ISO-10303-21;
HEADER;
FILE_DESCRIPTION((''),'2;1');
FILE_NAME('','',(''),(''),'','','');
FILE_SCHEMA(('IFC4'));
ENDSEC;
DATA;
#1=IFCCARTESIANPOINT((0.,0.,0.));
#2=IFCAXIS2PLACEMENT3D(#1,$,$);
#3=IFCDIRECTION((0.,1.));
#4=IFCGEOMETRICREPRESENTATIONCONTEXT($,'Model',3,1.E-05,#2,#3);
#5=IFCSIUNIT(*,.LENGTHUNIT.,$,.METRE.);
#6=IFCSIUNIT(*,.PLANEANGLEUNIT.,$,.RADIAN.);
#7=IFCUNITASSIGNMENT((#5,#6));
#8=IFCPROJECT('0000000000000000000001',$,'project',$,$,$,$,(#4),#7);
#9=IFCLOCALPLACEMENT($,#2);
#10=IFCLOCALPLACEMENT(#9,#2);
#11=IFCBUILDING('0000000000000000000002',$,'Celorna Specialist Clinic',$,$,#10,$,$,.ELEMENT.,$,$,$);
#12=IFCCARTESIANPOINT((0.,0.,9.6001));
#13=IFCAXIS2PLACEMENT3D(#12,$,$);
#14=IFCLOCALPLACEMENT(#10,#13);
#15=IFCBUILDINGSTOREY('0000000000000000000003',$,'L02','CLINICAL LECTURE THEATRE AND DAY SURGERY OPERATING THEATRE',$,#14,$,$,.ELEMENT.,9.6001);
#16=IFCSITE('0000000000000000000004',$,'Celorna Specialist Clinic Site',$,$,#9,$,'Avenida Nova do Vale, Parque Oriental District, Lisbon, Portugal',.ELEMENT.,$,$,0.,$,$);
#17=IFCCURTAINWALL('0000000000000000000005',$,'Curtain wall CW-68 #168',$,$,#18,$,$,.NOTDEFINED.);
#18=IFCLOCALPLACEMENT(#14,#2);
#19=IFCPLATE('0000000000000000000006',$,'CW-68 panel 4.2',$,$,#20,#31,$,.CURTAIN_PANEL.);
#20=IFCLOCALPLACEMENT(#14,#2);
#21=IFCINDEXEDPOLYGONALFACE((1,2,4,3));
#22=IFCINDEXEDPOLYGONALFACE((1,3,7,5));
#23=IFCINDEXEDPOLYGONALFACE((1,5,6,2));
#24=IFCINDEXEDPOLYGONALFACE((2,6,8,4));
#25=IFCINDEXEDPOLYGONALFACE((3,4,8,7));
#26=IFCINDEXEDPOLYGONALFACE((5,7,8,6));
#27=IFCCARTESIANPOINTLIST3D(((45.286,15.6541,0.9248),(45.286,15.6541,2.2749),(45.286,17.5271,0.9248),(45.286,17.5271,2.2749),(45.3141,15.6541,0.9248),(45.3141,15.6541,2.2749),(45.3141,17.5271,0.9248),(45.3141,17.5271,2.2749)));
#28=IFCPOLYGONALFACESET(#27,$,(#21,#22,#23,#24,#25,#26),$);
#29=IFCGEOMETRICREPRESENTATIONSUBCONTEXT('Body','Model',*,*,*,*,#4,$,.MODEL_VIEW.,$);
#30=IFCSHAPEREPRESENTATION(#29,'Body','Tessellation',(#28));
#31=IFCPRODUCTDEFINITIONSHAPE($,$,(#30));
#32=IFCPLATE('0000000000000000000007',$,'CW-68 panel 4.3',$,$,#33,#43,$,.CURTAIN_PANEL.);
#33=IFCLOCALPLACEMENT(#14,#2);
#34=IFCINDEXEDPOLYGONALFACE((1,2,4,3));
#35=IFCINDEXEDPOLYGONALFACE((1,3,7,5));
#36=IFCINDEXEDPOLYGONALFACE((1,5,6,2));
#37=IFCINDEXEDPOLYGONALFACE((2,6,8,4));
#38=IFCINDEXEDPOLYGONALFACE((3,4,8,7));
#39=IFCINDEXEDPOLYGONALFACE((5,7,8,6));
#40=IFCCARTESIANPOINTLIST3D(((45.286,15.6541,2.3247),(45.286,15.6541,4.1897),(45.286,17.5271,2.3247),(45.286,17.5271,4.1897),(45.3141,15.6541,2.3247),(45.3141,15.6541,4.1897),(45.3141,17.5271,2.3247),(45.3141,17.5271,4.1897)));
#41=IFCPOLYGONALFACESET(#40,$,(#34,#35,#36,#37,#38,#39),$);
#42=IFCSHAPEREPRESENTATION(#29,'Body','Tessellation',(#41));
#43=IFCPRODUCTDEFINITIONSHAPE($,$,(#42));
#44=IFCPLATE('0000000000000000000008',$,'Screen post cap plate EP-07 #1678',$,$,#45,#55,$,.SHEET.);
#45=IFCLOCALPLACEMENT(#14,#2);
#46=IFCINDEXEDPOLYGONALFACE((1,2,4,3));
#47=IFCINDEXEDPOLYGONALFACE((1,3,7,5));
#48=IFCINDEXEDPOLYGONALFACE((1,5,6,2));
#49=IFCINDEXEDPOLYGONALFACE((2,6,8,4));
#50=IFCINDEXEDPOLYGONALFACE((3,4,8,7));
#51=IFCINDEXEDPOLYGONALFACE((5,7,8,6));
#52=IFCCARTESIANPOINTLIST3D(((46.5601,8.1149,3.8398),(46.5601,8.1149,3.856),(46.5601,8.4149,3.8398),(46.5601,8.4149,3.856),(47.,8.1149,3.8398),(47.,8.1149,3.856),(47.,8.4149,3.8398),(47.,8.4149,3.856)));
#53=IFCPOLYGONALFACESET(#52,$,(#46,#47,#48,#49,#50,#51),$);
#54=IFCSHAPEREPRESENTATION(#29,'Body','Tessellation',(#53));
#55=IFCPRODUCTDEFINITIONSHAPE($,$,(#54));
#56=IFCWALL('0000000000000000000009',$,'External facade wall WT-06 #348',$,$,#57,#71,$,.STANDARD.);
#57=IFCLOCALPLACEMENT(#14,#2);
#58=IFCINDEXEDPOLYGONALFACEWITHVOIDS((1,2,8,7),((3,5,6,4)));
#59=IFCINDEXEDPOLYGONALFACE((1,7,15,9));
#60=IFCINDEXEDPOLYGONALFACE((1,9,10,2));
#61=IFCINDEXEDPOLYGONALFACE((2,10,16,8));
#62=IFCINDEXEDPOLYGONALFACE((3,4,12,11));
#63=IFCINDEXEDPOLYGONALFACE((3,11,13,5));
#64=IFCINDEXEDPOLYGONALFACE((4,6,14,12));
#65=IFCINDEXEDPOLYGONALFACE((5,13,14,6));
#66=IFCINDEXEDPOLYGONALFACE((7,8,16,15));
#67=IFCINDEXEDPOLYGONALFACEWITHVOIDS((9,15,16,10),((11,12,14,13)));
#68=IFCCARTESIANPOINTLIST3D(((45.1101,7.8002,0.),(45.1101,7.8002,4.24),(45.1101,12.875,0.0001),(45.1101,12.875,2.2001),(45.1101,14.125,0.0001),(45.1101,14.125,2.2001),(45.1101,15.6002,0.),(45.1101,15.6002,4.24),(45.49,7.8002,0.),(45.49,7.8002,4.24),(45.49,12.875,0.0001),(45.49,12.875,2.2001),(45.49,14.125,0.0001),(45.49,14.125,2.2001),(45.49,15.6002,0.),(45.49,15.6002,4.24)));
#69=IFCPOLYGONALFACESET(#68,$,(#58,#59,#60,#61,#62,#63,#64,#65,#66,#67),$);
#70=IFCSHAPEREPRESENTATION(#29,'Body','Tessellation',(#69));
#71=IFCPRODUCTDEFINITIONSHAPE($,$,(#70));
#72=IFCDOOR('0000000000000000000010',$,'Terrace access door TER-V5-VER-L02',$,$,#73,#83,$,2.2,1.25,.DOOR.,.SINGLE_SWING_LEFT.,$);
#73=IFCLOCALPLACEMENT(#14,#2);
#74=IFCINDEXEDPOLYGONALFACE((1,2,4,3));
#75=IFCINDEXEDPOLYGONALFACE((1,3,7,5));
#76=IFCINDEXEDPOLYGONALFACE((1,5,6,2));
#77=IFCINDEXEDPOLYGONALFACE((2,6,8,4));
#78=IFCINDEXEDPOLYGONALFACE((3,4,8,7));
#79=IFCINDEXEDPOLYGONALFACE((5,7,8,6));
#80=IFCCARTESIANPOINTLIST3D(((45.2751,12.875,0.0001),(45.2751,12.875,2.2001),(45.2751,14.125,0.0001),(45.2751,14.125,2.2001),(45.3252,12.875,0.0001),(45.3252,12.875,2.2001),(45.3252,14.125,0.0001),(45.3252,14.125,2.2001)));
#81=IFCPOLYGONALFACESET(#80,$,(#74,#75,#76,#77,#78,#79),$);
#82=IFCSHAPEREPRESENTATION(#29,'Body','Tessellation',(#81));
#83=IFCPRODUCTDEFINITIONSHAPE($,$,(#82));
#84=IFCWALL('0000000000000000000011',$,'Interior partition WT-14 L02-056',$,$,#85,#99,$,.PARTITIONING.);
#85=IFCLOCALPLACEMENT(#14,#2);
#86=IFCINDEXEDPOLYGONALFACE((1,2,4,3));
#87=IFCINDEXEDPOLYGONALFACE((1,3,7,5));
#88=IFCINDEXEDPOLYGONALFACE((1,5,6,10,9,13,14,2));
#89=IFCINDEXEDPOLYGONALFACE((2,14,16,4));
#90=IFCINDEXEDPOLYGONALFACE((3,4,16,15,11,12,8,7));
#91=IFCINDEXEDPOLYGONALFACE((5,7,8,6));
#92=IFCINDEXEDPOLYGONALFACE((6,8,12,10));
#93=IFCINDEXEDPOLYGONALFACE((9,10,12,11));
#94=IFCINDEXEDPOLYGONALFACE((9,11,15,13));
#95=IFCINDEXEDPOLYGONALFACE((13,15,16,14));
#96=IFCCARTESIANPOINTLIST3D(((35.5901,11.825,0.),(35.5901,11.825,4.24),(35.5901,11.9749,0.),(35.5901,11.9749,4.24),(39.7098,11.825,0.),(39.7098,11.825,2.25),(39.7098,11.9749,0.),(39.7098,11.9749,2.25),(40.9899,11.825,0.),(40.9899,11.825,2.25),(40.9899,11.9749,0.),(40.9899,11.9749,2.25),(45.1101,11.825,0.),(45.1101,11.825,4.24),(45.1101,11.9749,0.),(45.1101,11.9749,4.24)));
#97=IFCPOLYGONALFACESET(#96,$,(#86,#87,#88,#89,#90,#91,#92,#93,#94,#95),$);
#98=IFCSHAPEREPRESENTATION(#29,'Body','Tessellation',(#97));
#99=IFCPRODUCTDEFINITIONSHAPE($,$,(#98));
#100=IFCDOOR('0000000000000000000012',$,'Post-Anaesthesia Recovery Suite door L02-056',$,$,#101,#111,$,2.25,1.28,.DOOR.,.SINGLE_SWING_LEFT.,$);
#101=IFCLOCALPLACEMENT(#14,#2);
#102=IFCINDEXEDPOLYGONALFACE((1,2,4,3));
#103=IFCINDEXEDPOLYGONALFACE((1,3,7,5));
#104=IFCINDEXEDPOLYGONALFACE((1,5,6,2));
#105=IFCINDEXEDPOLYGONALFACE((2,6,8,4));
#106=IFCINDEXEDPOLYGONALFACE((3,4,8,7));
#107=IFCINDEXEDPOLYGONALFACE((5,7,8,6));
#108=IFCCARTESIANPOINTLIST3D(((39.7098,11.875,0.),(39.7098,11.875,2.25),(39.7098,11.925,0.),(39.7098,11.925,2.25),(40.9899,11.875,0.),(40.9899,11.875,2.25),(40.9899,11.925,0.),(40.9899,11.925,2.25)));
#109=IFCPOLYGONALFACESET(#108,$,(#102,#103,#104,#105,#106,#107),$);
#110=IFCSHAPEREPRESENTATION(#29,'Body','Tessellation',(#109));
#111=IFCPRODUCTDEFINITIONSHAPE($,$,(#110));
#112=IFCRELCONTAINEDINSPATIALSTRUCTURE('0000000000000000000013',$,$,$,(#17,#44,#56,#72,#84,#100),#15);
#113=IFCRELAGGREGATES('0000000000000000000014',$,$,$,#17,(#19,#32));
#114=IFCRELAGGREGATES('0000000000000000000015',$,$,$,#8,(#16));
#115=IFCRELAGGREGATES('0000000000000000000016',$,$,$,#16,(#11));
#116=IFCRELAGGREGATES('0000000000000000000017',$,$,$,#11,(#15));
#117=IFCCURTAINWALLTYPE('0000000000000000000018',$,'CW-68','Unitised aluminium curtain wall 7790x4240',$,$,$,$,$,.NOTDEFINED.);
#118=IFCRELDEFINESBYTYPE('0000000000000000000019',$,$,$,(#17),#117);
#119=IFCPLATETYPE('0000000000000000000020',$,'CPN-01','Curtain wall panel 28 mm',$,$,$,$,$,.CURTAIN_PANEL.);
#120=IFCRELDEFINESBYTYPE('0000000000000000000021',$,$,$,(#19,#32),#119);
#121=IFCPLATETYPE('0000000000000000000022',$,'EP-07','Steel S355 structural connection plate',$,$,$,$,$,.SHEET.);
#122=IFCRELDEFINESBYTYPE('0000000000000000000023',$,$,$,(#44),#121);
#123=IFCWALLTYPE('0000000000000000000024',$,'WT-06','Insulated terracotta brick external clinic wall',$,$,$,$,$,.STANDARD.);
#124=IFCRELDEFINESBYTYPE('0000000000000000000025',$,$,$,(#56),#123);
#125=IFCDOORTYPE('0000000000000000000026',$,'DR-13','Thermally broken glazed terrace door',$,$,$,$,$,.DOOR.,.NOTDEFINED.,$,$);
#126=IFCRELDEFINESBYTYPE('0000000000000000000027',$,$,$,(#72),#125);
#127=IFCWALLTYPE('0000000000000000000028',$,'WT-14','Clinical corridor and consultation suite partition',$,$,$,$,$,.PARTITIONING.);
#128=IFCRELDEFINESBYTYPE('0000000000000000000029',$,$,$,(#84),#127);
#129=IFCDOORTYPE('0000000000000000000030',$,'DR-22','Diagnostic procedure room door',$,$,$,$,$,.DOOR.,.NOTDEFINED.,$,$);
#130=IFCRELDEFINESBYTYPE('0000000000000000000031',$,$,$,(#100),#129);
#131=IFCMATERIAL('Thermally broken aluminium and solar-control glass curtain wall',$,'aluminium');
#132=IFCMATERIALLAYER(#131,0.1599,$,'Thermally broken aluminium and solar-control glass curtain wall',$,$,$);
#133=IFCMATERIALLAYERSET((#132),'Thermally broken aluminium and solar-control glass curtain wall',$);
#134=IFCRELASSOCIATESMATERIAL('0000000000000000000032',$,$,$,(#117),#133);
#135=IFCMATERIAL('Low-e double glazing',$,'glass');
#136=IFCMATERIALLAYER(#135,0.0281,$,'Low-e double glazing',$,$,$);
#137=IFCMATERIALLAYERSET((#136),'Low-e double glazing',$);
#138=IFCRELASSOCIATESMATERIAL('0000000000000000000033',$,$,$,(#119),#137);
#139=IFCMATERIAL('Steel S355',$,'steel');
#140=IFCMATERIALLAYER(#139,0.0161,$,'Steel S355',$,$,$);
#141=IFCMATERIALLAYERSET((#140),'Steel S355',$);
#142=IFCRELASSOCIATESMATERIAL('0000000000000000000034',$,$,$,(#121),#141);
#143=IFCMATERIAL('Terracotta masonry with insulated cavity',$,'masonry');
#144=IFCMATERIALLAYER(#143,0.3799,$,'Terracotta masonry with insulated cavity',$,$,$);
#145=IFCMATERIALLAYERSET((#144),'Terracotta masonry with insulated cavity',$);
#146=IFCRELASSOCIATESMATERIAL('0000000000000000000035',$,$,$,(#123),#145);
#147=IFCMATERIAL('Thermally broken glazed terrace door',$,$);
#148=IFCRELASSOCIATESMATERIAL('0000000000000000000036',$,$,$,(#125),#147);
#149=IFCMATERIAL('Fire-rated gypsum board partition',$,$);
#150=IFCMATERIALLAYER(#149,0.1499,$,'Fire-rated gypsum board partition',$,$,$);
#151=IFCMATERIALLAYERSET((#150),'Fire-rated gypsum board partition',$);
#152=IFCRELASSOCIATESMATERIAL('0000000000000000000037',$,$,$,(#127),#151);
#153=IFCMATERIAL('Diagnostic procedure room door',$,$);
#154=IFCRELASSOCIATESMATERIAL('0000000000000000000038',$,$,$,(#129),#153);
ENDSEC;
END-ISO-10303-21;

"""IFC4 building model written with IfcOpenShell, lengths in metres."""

from ifc_helpers import new_model, si_unit, direction, frame, frame_2d, origin, origin_2d, place, context, subcontext, project, spatial, rectangle, extrude, material, layer, layer_set, type_object, element, fill, aggregate, save


model = new_model("IFC4")

# Units and contexts
model_context = context("Model", 3, precision=1e-05, world=origin(), true_north=direction((0.0, 1.0)))
body_context = subcontext(model_context, "Body", "Model", "MODEL_VIEW")
ifc_project = project(units=[si_unit("LENGTHUNIT", "METRE"), si_unit("PLANEANGLEUNIT", "RADIAN")], contexts=[model_context])

# Site, building, storey
site_placement = place(None, origin())
site = spatial("IfcSite", under=ifc_project, at=site_placement, Name="Celorna Specialist Clinic Site", LongName="Avenida Nova do Vale, Parque Oriental District, Lisbon, Portugal", CompositionType="ELEMENT", RefElevation=0.0)
building_placement = place(site_placement, origin())
building = spatial("IfcBuilding", under=site, at=building_placement, Name="Celorna Specialist Clinic", CompositionType="ELEMENT")
storey_placement = place(building_placement, frame((0.0, 0.0, 9.6001)))
storey = spatial("IfcBuildingStorey", under=building, at=storey_placement, Name="L02", Description="CLINICAL LECTURE THEATRE AND DAY SURGERY OPERATING THEATRE", CompositionType="ELEMENT", Elevation=9.6001)

# Shared definitions
ifc_material_1 = material(Name="Steel S355", Category="steel")

# Curtain wall, plates
ifc_material_2 = material(Name="Thermally broken aluminium and solar-control glass curtain wall", Category="aluminium")
ifc_layer_1 = layer(ifc_material_2, 0.1599, Name="Thermally broken aluminium and solar-control glass curtain wall")
ifc_layer_set_1 = layer_set([ifc_layer_1], Name="Thermally broken aluminium and solar-control glass curtain wall")
curtain_wall_type = type_object("IfcCurtainWallType", Name="CW-68", Description="Unitised aluminium curtain wall 7790x4240", PredefinedType="NOTDEFINED", material=ifc_layer_set_1)
curtain_wall_placement = place(storey_placement, origin())
curtain_wall = element("IfcCurtainWall", 1, at=curtain_wall_placement, inside=storey, type_object=curtain_wall_type, Name="Curtain wall CW-68 #168", PredefinedType="NOTDEFINED")
ifc_material_3 = material(Name="Low-e double glazing", Category="glass")
ifc_layer_2 = layer(ifc_material_3, 0.0281, Name="Low-e double glazing")
ifc_layer_set_2 = layer_set([ifc_layer_2], Name="Low-e double glazing")
plate_type_1 = type_object("IfcPlateType", Name="CPN-01", Description="Curtain wall panel 28 mm", PredefinedType="CURTAIN_PANEL", material=ifc_layer_set_2)
plate_1_placement = place(storey_placement, frame((45.3, 16.5906, 0.9248), z_axis=(0.0, 0.0, 1.0), x_axis=(0.0, -1.0, 0.0)))
plate_1 = element("IfcPlate", 2, at=plate_1_placement, type_object=plate_type_1, Name="CW-68 panel 4.2", PredefinedType="CURTAIN_PANEL", context=body_context, shape_type="SweptSolid", body=[
    extrude(rectangle(XDim=1.873, YDim=0.0281, at=origin_2d()), origin(), (0.0, 0.0, 1.0), 1.3501),
])
plate_2_placement = place(storey_placement, frame((45.3, 16.5906, 2.3247), z_axis=(0.0, 0.0, 1.0), x_axis=(0.0, -1.0, 0.0)))
plate_2 = element("IfcPlate", 3, at=plate_2_placement, type_object=plate_type_1, Name="CW-68 panel 4.3", PredefinedType="CURTAIN_PANEL", context=body_context, shape_type="SweptSolid", body=[
    extrude(rectangle(XDim=1.873, YDim=0.0281, at=origin_2d()), origin(), (0.0, 0.0, 1.0), 1.865),
])
aggregate(curtain_wall, [plate_1, plate_2])

# Plate
ifc_layer_3 = layer(ifc_material_1, 0.0161, Name="Steel S355")
ifc_layer_set_3 = layer_set([ifc_layer_3], Name="Steel S355")
plate_type_2 = type_object("IfcPlateType", Name="EP-07", Description="Steel S355 structural connection plate", PredefinedType="SHEET", material=ifc_layer_set_3)
plate_3_placement = place(storey_placement, frame((46.78, 8.2649, 3.8398), z_axis=(0.0, 0.0, 1.0), x_axis=(0.0, 1.0, 0.0)))
element("IfcPlate", 4, at=plate_3_placement, inside=storey, type_object=plate_type_2, Name="Screen post cap plate EP-07 #1678", PredefinedType="SHEET", context=body_context, shape_type="SweptSolid", body=[
    extrude(rectangle(XDim=0.3, YDim=0.4399, at=origin_2d()), origin(), (0.0, 0.0, 1.0), 0.0161),
])

# Walls, openings, doors
ifc_material_4 = material(Name="Terracotta masonry with insulated cavity", Category="masonry")
ifc_layer_4 = layer(ifc_material_4, 0.3799, Name="Terracotta masonry with insulated cavity")
ifc_layer_set_4 = layer_set([ifc_layer_4], Name="Terracotta masonry with insulated cavity")
wall_type_1 = type_object("IfcWallType", Name="WT-06", Description="Insulated terracotta brick external clinic wall", PredefinedType="STANDARD", material=ifc_layer_set_4)
wall_1_placement = place(storey_placement, frame((45.3, 15.6001, 0.0), z_axis=(0.0, 0.0, 1.0), x_axis=(0.0, -1.0, 0.0)))
wall_1 = element("IfcWall", 5, at=wall_1_placement, inside=storey, type_object=wall_type_1, Name="External facade wall WT-06 #348", PredefinedType="STANDARD", context=body_context, shape_type="SweptSolid", body=[
    extrude(rectangle(XDim=7.8, YDim=0.3799, at=frame_2d((3.8999, 0.0))), origin(), (0.0, 0.0, 1.0), 4.24),
])
opening_1_placement = place(wall_1_placement, frame((1.4751, 0.0, 0.0)))
opening_1 = element("IfcOpeningElement", 6, at=opening_1_placement, cuts=wall_1, PredefinedType="OPENING", context=body_context, shape_type="SweptSolid", body=[
    extrude(rectangle(XDim=1.25, YDim=2.2, at=frame_2d((0.625, 1.1001))), frame((0.0, 0.2, 0.0), z_axis=(0.0, -1.0, 0.0), x_axis=(1.0, 0.0, 0.0)), (0.0, 0.0, 1.0), 0.3999),
])
ifc_material_5 = material(Name="Thermally broken glazed terrace door")
door_type_1 = type_object("IfcDoorType", Name="DR-13", Description="Thermally broken glazed terrace door", OperationType="NOTDEFINED", PredefinedType="DOOR", material=ifc_material_5)
door_1_placement = place(opening_1_placement, frame((1.25, 0.0, 0.0), z_axis=(0.0, 0.0, 1.0), x_axis=(-1.0, 0.0, 0.0)))
door_1 = element("IfcDoor", 7, at=door_1_placement, inside=storey, type_object=door_type_1, Name="Terrace access door TER-V5-VER-L02", OperationType="SINGLE_SWING_LEFT", OverallHeight=2.2, OverallWidth=1.25, PredefinedType="DOOR", context=body_context, shape_type="SweptSolid", body=[
    extrude(rectangle(XDim=1.25, YDim=2.2, at=frame_2d((0.625, 1.1001))), frame((0.0, 0.0249, 0.0), z_axis=(0.0, -1.0, 0.0), x_axis=(1.0, 0.0, 0.0)), (0.0, 0.0, 1.0), 0.05),
])
fill(opening_1, door_1)
ifc_material_6 = material(Name="Fire-rated gypsum board partition")
ifc_layer_5 = layer(ifc_material_6, 0.1499, Name="Fire-rated gypsum board partition")
ifc_layer_set_5 = layer_set([ifc_layer_5], Name="Fire-rated gypsum board partition")
wall_type_2 = type_object("IfcWallType", Name="WT-14", Description="Clinical corridor and consultation suite partition", PredefinedType="PARTITIONING", material=ifc_layer_set_5)
wall_2_placement = place(storey_placement, frame((45.1101, 11.8999, 0.0), z_axis=(0.0, 0.0, 1.0), x_axis=(-1.0, 0.0, 0.0)))
wall_2 = element("IfcWall", 8, at=wall_2_placement, inside=storey, type_object=wall_type_2, Name="Interior partition WT-14 L02-056", PredefinedType="PARTITIONING", context=body_context, shape_type="SweptSolid", body=[
    extrude(rectangle(XDim=9.52, YDim=0.1499, at=frame_2d((4.76, 0.0))), origin(), (0.0, 0.0, 1.0), 4.24),
])
opening_2_placement = place(wall_2_placement, frame((4.1201, 0.0, 0.0)))
opening_2 = element("IfcOpeningElement", 9, at=opening_2_placement, cuts=wall_2, PredefinedType="OPENING", context=body_context, shape_type="SweptSolid", body=[
    extrude(rectangle(XDim=1.28, YDim=2.25, at=frame_2d((0.6401, 1.125))), frame((0.0, 0.085, 0.0), z_axis=(0.0, -1.0, 0.0), x_axis=(1.0, 0.0, 0.0)), (0.0, 0.0, 1.0), 0.1699),
])
ifc_material_7 = material(Name="Diagnostic procedure room door")
door_type_2 = type_object("IfcDoorType", Name="DR-22", Description="Diagnostic procedure room door", OperationType="NOTDEFINED", PredefinedType="DOOR", material=ifc_material_7)
door_2_placement = place(opening_2_placement, origin())
door_2 = element("IfcDoor", 10, at=door_2_placement, inside=storey, type_object=door_type_2, Name="Post-Anaesthesia Recovery Suite door L02-056", OperationType="SINGLE_SWING_LEFT", OverallHeight=2.25, OverallWidth=1.28, PredefinedType="DOOR", context=body_context, shape_type="SweptSolid", body=[
    extrude(rectangle(XDim=1.28, YDim=2.25, at=frame_2d((0.6401, 1.125))), frame((0.0, 0.0249, 0.0), z_axis=(0.0, -1.0, 0.0), x_axis=(1.0, 0.0, 0.0)), (0.0, 0.0, 1.0), 0.05),
])
fill(opening_2, door_2)

save(model, "model.ifc")
